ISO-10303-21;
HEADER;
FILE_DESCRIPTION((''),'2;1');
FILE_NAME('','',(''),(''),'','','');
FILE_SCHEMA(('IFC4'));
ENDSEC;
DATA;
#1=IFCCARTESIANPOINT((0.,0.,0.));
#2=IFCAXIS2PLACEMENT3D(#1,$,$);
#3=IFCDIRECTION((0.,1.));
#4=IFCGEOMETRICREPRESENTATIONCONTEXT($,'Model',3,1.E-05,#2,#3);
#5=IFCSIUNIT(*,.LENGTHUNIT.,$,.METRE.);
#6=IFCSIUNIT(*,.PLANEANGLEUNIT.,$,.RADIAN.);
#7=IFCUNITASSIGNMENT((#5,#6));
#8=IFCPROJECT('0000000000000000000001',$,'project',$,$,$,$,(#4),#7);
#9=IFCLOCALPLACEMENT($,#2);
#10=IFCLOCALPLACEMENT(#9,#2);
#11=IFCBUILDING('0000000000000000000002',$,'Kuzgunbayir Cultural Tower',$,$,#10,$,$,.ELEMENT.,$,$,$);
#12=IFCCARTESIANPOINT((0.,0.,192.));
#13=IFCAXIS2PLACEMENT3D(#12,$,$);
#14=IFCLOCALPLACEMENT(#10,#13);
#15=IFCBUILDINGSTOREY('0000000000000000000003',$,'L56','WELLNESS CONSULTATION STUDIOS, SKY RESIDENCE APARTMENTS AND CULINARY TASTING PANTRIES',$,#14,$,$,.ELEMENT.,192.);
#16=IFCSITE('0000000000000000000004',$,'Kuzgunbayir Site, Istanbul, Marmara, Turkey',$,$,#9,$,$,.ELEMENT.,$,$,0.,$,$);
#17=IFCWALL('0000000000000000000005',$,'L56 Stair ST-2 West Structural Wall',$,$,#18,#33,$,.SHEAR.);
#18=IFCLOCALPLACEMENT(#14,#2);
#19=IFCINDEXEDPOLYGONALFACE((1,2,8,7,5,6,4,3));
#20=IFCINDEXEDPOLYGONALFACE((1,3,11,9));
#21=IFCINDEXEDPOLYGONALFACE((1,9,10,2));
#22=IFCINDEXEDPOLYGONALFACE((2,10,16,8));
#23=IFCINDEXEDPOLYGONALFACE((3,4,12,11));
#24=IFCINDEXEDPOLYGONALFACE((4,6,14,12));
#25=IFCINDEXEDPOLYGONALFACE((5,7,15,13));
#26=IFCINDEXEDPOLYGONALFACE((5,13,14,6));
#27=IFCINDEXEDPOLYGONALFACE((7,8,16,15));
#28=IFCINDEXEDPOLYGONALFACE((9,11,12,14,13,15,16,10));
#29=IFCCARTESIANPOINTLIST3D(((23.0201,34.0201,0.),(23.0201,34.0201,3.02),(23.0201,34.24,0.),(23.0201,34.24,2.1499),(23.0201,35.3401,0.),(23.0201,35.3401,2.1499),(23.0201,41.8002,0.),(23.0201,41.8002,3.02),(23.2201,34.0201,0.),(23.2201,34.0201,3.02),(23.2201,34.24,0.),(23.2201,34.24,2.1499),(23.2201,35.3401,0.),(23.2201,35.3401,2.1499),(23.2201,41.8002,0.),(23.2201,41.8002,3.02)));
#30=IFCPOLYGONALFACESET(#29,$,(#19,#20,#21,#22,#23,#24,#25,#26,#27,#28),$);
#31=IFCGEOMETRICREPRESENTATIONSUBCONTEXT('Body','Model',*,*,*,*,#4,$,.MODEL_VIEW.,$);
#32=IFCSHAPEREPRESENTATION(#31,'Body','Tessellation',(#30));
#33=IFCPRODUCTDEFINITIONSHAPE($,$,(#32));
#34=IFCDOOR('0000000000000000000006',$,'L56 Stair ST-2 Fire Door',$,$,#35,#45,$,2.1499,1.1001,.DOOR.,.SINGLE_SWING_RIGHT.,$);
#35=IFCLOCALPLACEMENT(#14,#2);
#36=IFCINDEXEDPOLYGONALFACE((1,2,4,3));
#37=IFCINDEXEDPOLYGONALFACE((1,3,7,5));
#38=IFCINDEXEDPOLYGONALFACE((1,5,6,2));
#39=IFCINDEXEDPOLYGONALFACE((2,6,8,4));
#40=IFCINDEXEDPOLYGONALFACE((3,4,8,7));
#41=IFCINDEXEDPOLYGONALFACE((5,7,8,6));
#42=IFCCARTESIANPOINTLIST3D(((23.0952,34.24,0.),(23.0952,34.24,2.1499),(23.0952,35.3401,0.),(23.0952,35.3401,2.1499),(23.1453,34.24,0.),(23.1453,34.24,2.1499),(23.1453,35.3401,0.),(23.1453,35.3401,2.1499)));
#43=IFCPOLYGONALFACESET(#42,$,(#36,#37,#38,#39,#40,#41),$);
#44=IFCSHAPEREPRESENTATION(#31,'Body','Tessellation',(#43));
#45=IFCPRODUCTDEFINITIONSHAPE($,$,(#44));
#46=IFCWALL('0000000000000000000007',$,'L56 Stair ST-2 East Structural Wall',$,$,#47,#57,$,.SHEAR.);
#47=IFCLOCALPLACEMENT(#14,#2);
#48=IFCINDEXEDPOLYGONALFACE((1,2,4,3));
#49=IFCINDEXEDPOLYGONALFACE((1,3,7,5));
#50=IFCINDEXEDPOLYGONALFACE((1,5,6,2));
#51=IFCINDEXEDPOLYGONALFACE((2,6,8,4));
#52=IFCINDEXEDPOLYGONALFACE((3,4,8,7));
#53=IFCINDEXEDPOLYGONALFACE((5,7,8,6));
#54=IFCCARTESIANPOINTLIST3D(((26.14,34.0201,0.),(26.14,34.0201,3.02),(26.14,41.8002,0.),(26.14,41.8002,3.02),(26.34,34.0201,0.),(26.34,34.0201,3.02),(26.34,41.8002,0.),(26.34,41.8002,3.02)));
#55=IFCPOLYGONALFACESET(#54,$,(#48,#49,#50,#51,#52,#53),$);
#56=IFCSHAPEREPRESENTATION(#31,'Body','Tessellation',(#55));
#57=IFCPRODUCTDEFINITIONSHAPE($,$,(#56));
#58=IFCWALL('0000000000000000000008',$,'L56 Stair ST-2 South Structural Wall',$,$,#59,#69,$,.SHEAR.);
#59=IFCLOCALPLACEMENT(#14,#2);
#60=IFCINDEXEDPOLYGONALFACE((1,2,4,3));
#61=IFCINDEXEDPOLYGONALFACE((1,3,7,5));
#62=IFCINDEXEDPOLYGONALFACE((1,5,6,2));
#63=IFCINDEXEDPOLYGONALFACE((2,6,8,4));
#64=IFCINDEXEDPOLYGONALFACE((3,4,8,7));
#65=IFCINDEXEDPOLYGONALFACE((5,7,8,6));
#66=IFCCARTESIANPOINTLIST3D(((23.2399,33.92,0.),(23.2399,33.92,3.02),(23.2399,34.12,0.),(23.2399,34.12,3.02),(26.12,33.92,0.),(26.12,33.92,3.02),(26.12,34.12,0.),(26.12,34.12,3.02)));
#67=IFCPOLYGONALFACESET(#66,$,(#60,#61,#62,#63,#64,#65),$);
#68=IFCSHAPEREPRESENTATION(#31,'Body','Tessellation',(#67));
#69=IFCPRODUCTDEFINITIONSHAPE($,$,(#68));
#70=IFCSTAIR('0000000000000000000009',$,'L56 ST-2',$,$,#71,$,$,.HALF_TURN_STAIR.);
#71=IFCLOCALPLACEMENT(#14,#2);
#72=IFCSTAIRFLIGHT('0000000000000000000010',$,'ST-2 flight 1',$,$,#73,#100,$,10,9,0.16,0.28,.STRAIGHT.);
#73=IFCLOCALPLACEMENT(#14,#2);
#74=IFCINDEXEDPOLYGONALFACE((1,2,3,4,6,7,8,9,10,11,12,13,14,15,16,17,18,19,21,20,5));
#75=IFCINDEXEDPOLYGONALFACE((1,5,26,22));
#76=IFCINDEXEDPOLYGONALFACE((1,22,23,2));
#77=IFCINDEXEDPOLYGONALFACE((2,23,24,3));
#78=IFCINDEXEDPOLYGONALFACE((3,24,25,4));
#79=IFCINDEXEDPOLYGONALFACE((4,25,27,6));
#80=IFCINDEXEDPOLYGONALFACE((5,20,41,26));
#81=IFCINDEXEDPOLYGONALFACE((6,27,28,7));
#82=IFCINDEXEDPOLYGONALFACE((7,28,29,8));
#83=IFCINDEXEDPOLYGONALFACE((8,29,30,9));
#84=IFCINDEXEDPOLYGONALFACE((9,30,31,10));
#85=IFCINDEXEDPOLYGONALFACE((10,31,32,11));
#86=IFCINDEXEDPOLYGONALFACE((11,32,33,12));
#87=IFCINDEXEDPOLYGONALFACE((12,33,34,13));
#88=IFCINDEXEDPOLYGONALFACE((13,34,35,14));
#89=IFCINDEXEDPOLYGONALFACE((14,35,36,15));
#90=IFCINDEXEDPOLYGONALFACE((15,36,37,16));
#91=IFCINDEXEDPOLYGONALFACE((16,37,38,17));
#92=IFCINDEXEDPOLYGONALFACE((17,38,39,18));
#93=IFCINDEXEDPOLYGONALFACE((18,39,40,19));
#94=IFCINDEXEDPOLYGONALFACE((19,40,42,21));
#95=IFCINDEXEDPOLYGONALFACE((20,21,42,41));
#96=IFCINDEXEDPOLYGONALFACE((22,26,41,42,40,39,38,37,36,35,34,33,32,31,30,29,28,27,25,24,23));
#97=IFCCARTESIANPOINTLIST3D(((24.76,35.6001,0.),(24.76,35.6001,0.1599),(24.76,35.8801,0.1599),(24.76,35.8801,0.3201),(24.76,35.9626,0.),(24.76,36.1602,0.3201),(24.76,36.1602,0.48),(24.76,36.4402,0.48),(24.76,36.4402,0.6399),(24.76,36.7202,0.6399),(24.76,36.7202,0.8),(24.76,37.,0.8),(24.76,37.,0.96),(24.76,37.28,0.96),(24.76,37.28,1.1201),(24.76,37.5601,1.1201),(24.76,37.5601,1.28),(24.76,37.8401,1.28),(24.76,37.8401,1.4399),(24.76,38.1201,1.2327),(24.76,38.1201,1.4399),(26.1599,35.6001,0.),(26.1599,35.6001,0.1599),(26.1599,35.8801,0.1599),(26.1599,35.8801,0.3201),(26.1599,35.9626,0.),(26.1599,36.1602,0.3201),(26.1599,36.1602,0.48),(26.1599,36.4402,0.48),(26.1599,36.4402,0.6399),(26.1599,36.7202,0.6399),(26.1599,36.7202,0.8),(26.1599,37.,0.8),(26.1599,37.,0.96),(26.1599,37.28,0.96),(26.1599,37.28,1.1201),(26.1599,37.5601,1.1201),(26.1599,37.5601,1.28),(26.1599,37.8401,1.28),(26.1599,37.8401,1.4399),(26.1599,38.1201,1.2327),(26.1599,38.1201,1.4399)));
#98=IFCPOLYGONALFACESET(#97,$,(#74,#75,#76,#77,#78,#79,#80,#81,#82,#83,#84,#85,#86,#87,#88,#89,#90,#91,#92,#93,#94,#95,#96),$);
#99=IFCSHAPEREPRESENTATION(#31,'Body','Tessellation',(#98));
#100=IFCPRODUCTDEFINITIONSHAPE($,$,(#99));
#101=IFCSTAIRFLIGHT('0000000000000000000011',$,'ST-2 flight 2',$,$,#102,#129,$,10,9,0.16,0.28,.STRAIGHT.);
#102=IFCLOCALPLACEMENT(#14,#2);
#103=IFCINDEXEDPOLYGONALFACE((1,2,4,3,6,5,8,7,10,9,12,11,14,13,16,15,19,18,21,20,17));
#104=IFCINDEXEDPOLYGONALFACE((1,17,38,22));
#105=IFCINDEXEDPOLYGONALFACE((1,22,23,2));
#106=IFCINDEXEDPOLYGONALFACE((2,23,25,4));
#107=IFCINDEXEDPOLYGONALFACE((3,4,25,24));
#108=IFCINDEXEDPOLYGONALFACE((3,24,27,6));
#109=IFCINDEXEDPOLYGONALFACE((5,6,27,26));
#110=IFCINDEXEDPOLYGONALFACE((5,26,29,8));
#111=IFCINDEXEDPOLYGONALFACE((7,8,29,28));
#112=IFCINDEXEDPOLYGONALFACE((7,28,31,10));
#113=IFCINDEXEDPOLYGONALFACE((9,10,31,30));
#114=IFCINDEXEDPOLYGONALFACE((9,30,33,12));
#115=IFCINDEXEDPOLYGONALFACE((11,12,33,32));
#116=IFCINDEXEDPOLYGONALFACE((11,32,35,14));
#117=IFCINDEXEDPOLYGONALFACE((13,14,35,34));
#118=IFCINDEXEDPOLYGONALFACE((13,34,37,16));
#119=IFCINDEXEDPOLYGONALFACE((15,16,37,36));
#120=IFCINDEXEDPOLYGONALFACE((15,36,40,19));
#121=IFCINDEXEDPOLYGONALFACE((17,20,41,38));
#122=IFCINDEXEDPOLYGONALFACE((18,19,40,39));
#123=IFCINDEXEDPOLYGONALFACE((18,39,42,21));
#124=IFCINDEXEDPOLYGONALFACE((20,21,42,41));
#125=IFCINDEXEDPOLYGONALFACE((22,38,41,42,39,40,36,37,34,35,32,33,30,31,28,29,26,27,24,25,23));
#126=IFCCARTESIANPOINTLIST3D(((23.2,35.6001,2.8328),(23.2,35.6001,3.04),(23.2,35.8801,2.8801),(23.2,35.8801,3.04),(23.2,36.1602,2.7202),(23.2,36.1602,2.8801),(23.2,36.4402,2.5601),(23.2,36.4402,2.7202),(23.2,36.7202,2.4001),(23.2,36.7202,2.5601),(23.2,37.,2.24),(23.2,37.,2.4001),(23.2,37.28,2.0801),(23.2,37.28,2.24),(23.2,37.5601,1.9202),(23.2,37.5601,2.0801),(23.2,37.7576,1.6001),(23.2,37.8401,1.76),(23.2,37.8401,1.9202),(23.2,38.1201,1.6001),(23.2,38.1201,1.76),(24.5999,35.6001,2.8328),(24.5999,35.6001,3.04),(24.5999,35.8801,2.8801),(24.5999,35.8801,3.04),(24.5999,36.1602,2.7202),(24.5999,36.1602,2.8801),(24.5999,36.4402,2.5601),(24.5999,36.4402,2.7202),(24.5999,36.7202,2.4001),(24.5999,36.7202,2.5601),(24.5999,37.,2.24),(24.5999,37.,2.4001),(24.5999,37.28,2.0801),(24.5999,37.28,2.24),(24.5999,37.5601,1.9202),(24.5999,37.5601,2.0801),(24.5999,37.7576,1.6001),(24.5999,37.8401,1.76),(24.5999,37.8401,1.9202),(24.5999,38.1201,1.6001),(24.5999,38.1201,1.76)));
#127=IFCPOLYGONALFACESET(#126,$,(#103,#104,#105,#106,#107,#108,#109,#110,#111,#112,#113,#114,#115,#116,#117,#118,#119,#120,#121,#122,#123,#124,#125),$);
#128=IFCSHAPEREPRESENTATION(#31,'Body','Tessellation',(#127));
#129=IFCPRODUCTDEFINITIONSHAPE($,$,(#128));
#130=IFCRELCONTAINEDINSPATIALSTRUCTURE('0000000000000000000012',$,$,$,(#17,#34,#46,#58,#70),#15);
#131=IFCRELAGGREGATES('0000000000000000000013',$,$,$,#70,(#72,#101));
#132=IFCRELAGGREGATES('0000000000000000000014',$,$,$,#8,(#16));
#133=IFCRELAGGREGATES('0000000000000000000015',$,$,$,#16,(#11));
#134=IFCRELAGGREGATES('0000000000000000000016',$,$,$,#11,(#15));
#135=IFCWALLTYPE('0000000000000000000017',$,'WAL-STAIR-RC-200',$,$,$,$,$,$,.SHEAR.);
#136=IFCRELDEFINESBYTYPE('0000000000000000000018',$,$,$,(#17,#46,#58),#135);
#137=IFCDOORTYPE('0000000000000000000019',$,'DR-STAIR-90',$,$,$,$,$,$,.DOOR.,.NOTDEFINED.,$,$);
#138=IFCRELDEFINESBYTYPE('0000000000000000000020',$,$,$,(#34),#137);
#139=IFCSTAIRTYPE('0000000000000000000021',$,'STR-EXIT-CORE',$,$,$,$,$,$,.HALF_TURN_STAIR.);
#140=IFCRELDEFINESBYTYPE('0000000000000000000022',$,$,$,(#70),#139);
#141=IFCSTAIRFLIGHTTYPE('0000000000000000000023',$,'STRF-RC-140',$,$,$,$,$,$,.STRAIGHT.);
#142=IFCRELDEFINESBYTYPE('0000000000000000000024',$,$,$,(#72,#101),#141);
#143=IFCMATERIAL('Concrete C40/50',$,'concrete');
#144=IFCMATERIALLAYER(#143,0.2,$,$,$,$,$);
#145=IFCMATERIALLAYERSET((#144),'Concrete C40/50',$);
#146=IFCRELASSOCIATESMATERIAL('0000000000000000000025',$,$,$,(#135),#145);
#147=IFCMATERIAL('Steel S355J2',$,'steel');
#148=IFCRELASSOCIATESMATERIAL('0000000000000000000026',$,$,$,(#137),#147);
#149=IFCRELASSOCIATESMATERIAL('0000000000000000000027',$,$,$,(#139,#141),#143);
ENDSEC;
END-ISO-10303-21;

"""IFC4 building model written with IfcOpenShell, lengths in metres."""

from ifc_helpers import new_model, si_unit, direction, frame, frame_2d, origin, place, context, subcontext, project, spatial, polyline, rectangle, outline, extrude, material, layer, layer_set, type_object, element, fill, aggregate, save


model = new_model("IFC4")

# Units and contexts
model_context = context("Model", 3, precision=1e-05, world=origin(), true_north=direction((0.0, 1.0)))
body_context = subcontext(model_context, "Body", "Model", "MODEL_VIEW")
ifc_project = project(units=[si_unit("LENGTHUNIT", "METRE"), si_unit("PLANEANGLEUNIT", "RADIAN")], contexts=[model_context])

# Site, building, storey
site_placement = place(None, origin())
site = spatial("IfcSite", under=ifc_project, at=site_placement, Name="Kuzgunbayir Site, Istanbul, Marmara, Turkey", CompositionType="ELEMENT", RefElevation=0.0)
building_placement = place(site_placement, origin())
building = spatial("IfcBuilding", under=site, at=building_placement, Name="Kuzgunbayir Cultural Tower", CompositionType="ELEMENT")
storey_placement = place(building_placement, frame((0.0, 0.0, 192.0)))
storey = spatial("IfcBuildingStorey", under=building, at=storey_placement, Name="L56", Description="WELLNESS CONSULTATION STUDIOS, SKY RESIDENCE APARTMENTS AND CULINARY TASTING PANTRIES", CompositionType="ELEMENT", Elevation=192.0)

# Shared definitions
ifc_material_1 = material(Name="Steel S355J2", Category="steel")

# Shared definitions
ifc_material_2 = material(Name="Concrete C40/50", Category="concrete")

# Wall, opening, door
ifc_layer_1 = layer(ifc_material_2, 0.2)
ifc_layer_set_1 = layer_set([ifc_layer_1], Name="Concrete C40/50")
wall_type_1 = type_object("IfcWallType", Name="WAL-STAIR-RC-200", PredefinedType="SHEAR", material=ifc_layer_set_1)
wall_1_placement = place(storey_placement, frame((23.1201, 34.02, 0.0), z_axis=(0.0, 0.0, 1.0), x_axis=(0.0, 1.0, 0.0)))
wall_1 = element("IfcWall", 1, at=wall_1_placement, inside=storey, type_object=wall_type_1, Name="L56 Stair ST-2 West Structural Wall", PredefinedType="SHEAR", context=body_context, shape_type="SweptSolid", body=[
    extrude(rectangle(XDim=7.78, YDim=0.2, at=frame_2d((3.8901, 0.0))), origin(), (0.0, 0.0, 1.0), 3.02),
])
opening_1_placement = place(wall_1_placement, frame((0.22, 0.0, 0.0)))
opening_1 = element("IfcOpeningElement", 2, at=opening_1_placement, cuts=wall_1, PredefinedType="OPENING", context=body_context, shape_type="SweptSolid", body=[
    extrude(rectangle(XDim=1.1001, YDim=2.1499, at=frame_2d((0.55, 1.075))), frame((0.0, 0.1099, 0.0), z_axis=(0.0, -1.0, 0.0), x_axis=(1.0, 0.0, 0.0)), (0.0, 0.0, 1.0), 0.22),
])
door_type_1 = type_object("IfcDoorType", Name="DR-STAIR-90", OperationType="NOTDEFINED", PredefinedType="DOOR", material=ifc_material_1)
door_1_placement = place(opening_1_placement, origin())
door_1 = element("IfcDoor", 3, at=door_1_placement, inside=storey, type_object=door_type_1, Name="L56 Stair ST-2 Fire Door", OperationType="SINGLE_SWING_RIGHT", OverallHeight=2.1499, OverallWidth=1.1001, PredefinedType="DOOR", context=body_context, shape_type="SweptSolid", body=[
    extrude(rectangle(XDim=1.1001, YDim=2.1499, at=frame_2d((0.55, 1.075))), frame((0.0, 0.0249, 0.0), z_axis=(0.0, -1.0, 0.0), x_axis=(1.0, 0.0, 0.0)), (0.0, 0.0, 1.0), 0.05),
])
fill(opening_1, door_1)

# Walls
wall_2_placement = place(storey_placement, frame((26.24, 34.02, 0.0), z_axis=(0.0, 0.0, 1.0), x_axis=(0.0, 1.0, 0.0)))
element("IfcWall", 4, at=wall_2_placement, inside=storey, type_object=wall_type_1, Name="L56 Stair ST-2 East Structural Wall", PredefinedType="SHEAR", context=body_context, shape_type="SweptSolid", body=[
    extrude(rectangle(XDim=7.78, YDim=0.2, at=frame_2d((3.8901, 0.0))), origin(), (0.0, 0.0, 1.0), 3.02),
])
wall_3_placement = place(storey_placement, frame((23.24, 34.02, 0.0), z_axis=(0.0, 0.0, 1.0), x_axis=(1.0, 0.0, 0.0)))
element("IfcWall", 5, at=wall_3_placement, inside=storey, type_object=wall_type_1, Name="L56 Stair ST-2 South Structural Wall", PredefinedType="SHEAR", context=body_context, shape_type="SweptSolid", body=[
    extrude(rectangle(XDim=2.8801, YDim=0.2, at=frame_2d((1.4399, 0.0))), origin(), (0.0, 0.0, 1.0), 3.02),
])

# Stair, stair flights
stair_type = type_object("IfcStairType", Name="STR-EXIT-CORE", PredefinedType="HALF_TURN_STAIR", material=ifc_material_2)
stair_placement = place(storey_placement, origin())
stair = element("IfcStair", 6, at=stair_placement, inside=storey, type_object=stair_type, Name="L56 ST-2", PredefinedType="HALF_TURN_STAIR")
stair_flight_type = type_object("IfcStairFlightType", Name="STRF-RC-140", PredefinedType="STRAIGHT", material=ifc_material_2)
stair_flight_1_placement = place(storey_placement, frame((25.46, 35.6001, 0.0), z_axis=(0.0, 0.0, 1.0), x_axis=(0.0, 1.0, 0.0)))
stair_flight_1 = element("IfcStairFlight", 7, at=stair_flight_1_placement, type_object=stair_flight_type, Name="ST-2 flight 1", NumberOfRisers=10, NumberOfTreads=9, PredefinedType="STRAIGHT", RiserHeight=0.16, TreadLength=0.28, context=body_context, shape_type="SweptSolid", body=[
    extrude(outline(polyline([(0.0, 0.0), (0.0, 0.1599), (0.28, 0.1599), (0.28, 0.3201), (0.5601, 0.3201), (0.5601, 0.48), (0.8401, 0.48), (0.8401, 0.6399), (1.1201, 0.6399), (1.1201, 0.8), (1.3999, 0.8), (1.3999, 0.96), (1.6799, 0.96), (1.6799, 1.1201), (1.96, 1.1201), (1.96, 1.28), (2.24, 1.28), (2.24, 1.4399), (2.52, 1.4399), (2.52, 1.6001), (2.52, 1.2327), (0.3625, 0.0), (0.0, 0.0)])), frame((0.0, 0.7, 0.0), z_axis=(0.0, -1.0, 0.0), x_axis=(1.0, 0.0, 0.0)), (0.0, 0.0, 1.0), 1.3999),
])
stair_flight_2_placement = place(storey_placement, frame((23.8999, 38.1201, 1.6001), z_axis=(0.0, 0.0, 1.0), x_axis=(0.0, -1.0, 0.0)))
stair_flight_2 = element("IfcStairFlight", 8, at=stair_flight_2_placement, type_object=stair_flight_type, Name="ST-2 flight 2", NumberOfRisers=10, NumberOfTreads=9, PredefinedType="STRAIGHT", RiserHeight=0.16, TreadLength=0.28, context=body_context, shape_type="SweptSolid", body=[
    extrude(outline(polyline([(0.0, 0.0), (0.0, 0.1599), (0.28, 0.1599), (0.28, 0.3201), (0.5601, 0.3201), (0.5601, 0.48), (0.8401, 0.48), (0.8401, 0.6399), (1.1201, 0.6399), (1.1201, 0.8), (1.3999, 0.8), (1.3999, 0.96), (1.6799, 0.96), (1.6799, 1.1201), (1.96, 1.1201), (1.96, 1.28), (2.24, 1.28), (2.24, 1.4399), (2.52, 1.4399), (2.52, 1.6001), (2.52, 1.2327), (0.3625, 0.0), (0.0, 0.0)])), frame((0.0, 0.7, 0.0), z_axis=(0.0, -1.0, 0.0), x_axis=(1.0, 0.0, 0.0)), (0.0, 0.0, 1.0), 1.3999),
])
aggregate(stair, [stair_flight_1, stair_flight_2])

save(model, "model.ifc")
